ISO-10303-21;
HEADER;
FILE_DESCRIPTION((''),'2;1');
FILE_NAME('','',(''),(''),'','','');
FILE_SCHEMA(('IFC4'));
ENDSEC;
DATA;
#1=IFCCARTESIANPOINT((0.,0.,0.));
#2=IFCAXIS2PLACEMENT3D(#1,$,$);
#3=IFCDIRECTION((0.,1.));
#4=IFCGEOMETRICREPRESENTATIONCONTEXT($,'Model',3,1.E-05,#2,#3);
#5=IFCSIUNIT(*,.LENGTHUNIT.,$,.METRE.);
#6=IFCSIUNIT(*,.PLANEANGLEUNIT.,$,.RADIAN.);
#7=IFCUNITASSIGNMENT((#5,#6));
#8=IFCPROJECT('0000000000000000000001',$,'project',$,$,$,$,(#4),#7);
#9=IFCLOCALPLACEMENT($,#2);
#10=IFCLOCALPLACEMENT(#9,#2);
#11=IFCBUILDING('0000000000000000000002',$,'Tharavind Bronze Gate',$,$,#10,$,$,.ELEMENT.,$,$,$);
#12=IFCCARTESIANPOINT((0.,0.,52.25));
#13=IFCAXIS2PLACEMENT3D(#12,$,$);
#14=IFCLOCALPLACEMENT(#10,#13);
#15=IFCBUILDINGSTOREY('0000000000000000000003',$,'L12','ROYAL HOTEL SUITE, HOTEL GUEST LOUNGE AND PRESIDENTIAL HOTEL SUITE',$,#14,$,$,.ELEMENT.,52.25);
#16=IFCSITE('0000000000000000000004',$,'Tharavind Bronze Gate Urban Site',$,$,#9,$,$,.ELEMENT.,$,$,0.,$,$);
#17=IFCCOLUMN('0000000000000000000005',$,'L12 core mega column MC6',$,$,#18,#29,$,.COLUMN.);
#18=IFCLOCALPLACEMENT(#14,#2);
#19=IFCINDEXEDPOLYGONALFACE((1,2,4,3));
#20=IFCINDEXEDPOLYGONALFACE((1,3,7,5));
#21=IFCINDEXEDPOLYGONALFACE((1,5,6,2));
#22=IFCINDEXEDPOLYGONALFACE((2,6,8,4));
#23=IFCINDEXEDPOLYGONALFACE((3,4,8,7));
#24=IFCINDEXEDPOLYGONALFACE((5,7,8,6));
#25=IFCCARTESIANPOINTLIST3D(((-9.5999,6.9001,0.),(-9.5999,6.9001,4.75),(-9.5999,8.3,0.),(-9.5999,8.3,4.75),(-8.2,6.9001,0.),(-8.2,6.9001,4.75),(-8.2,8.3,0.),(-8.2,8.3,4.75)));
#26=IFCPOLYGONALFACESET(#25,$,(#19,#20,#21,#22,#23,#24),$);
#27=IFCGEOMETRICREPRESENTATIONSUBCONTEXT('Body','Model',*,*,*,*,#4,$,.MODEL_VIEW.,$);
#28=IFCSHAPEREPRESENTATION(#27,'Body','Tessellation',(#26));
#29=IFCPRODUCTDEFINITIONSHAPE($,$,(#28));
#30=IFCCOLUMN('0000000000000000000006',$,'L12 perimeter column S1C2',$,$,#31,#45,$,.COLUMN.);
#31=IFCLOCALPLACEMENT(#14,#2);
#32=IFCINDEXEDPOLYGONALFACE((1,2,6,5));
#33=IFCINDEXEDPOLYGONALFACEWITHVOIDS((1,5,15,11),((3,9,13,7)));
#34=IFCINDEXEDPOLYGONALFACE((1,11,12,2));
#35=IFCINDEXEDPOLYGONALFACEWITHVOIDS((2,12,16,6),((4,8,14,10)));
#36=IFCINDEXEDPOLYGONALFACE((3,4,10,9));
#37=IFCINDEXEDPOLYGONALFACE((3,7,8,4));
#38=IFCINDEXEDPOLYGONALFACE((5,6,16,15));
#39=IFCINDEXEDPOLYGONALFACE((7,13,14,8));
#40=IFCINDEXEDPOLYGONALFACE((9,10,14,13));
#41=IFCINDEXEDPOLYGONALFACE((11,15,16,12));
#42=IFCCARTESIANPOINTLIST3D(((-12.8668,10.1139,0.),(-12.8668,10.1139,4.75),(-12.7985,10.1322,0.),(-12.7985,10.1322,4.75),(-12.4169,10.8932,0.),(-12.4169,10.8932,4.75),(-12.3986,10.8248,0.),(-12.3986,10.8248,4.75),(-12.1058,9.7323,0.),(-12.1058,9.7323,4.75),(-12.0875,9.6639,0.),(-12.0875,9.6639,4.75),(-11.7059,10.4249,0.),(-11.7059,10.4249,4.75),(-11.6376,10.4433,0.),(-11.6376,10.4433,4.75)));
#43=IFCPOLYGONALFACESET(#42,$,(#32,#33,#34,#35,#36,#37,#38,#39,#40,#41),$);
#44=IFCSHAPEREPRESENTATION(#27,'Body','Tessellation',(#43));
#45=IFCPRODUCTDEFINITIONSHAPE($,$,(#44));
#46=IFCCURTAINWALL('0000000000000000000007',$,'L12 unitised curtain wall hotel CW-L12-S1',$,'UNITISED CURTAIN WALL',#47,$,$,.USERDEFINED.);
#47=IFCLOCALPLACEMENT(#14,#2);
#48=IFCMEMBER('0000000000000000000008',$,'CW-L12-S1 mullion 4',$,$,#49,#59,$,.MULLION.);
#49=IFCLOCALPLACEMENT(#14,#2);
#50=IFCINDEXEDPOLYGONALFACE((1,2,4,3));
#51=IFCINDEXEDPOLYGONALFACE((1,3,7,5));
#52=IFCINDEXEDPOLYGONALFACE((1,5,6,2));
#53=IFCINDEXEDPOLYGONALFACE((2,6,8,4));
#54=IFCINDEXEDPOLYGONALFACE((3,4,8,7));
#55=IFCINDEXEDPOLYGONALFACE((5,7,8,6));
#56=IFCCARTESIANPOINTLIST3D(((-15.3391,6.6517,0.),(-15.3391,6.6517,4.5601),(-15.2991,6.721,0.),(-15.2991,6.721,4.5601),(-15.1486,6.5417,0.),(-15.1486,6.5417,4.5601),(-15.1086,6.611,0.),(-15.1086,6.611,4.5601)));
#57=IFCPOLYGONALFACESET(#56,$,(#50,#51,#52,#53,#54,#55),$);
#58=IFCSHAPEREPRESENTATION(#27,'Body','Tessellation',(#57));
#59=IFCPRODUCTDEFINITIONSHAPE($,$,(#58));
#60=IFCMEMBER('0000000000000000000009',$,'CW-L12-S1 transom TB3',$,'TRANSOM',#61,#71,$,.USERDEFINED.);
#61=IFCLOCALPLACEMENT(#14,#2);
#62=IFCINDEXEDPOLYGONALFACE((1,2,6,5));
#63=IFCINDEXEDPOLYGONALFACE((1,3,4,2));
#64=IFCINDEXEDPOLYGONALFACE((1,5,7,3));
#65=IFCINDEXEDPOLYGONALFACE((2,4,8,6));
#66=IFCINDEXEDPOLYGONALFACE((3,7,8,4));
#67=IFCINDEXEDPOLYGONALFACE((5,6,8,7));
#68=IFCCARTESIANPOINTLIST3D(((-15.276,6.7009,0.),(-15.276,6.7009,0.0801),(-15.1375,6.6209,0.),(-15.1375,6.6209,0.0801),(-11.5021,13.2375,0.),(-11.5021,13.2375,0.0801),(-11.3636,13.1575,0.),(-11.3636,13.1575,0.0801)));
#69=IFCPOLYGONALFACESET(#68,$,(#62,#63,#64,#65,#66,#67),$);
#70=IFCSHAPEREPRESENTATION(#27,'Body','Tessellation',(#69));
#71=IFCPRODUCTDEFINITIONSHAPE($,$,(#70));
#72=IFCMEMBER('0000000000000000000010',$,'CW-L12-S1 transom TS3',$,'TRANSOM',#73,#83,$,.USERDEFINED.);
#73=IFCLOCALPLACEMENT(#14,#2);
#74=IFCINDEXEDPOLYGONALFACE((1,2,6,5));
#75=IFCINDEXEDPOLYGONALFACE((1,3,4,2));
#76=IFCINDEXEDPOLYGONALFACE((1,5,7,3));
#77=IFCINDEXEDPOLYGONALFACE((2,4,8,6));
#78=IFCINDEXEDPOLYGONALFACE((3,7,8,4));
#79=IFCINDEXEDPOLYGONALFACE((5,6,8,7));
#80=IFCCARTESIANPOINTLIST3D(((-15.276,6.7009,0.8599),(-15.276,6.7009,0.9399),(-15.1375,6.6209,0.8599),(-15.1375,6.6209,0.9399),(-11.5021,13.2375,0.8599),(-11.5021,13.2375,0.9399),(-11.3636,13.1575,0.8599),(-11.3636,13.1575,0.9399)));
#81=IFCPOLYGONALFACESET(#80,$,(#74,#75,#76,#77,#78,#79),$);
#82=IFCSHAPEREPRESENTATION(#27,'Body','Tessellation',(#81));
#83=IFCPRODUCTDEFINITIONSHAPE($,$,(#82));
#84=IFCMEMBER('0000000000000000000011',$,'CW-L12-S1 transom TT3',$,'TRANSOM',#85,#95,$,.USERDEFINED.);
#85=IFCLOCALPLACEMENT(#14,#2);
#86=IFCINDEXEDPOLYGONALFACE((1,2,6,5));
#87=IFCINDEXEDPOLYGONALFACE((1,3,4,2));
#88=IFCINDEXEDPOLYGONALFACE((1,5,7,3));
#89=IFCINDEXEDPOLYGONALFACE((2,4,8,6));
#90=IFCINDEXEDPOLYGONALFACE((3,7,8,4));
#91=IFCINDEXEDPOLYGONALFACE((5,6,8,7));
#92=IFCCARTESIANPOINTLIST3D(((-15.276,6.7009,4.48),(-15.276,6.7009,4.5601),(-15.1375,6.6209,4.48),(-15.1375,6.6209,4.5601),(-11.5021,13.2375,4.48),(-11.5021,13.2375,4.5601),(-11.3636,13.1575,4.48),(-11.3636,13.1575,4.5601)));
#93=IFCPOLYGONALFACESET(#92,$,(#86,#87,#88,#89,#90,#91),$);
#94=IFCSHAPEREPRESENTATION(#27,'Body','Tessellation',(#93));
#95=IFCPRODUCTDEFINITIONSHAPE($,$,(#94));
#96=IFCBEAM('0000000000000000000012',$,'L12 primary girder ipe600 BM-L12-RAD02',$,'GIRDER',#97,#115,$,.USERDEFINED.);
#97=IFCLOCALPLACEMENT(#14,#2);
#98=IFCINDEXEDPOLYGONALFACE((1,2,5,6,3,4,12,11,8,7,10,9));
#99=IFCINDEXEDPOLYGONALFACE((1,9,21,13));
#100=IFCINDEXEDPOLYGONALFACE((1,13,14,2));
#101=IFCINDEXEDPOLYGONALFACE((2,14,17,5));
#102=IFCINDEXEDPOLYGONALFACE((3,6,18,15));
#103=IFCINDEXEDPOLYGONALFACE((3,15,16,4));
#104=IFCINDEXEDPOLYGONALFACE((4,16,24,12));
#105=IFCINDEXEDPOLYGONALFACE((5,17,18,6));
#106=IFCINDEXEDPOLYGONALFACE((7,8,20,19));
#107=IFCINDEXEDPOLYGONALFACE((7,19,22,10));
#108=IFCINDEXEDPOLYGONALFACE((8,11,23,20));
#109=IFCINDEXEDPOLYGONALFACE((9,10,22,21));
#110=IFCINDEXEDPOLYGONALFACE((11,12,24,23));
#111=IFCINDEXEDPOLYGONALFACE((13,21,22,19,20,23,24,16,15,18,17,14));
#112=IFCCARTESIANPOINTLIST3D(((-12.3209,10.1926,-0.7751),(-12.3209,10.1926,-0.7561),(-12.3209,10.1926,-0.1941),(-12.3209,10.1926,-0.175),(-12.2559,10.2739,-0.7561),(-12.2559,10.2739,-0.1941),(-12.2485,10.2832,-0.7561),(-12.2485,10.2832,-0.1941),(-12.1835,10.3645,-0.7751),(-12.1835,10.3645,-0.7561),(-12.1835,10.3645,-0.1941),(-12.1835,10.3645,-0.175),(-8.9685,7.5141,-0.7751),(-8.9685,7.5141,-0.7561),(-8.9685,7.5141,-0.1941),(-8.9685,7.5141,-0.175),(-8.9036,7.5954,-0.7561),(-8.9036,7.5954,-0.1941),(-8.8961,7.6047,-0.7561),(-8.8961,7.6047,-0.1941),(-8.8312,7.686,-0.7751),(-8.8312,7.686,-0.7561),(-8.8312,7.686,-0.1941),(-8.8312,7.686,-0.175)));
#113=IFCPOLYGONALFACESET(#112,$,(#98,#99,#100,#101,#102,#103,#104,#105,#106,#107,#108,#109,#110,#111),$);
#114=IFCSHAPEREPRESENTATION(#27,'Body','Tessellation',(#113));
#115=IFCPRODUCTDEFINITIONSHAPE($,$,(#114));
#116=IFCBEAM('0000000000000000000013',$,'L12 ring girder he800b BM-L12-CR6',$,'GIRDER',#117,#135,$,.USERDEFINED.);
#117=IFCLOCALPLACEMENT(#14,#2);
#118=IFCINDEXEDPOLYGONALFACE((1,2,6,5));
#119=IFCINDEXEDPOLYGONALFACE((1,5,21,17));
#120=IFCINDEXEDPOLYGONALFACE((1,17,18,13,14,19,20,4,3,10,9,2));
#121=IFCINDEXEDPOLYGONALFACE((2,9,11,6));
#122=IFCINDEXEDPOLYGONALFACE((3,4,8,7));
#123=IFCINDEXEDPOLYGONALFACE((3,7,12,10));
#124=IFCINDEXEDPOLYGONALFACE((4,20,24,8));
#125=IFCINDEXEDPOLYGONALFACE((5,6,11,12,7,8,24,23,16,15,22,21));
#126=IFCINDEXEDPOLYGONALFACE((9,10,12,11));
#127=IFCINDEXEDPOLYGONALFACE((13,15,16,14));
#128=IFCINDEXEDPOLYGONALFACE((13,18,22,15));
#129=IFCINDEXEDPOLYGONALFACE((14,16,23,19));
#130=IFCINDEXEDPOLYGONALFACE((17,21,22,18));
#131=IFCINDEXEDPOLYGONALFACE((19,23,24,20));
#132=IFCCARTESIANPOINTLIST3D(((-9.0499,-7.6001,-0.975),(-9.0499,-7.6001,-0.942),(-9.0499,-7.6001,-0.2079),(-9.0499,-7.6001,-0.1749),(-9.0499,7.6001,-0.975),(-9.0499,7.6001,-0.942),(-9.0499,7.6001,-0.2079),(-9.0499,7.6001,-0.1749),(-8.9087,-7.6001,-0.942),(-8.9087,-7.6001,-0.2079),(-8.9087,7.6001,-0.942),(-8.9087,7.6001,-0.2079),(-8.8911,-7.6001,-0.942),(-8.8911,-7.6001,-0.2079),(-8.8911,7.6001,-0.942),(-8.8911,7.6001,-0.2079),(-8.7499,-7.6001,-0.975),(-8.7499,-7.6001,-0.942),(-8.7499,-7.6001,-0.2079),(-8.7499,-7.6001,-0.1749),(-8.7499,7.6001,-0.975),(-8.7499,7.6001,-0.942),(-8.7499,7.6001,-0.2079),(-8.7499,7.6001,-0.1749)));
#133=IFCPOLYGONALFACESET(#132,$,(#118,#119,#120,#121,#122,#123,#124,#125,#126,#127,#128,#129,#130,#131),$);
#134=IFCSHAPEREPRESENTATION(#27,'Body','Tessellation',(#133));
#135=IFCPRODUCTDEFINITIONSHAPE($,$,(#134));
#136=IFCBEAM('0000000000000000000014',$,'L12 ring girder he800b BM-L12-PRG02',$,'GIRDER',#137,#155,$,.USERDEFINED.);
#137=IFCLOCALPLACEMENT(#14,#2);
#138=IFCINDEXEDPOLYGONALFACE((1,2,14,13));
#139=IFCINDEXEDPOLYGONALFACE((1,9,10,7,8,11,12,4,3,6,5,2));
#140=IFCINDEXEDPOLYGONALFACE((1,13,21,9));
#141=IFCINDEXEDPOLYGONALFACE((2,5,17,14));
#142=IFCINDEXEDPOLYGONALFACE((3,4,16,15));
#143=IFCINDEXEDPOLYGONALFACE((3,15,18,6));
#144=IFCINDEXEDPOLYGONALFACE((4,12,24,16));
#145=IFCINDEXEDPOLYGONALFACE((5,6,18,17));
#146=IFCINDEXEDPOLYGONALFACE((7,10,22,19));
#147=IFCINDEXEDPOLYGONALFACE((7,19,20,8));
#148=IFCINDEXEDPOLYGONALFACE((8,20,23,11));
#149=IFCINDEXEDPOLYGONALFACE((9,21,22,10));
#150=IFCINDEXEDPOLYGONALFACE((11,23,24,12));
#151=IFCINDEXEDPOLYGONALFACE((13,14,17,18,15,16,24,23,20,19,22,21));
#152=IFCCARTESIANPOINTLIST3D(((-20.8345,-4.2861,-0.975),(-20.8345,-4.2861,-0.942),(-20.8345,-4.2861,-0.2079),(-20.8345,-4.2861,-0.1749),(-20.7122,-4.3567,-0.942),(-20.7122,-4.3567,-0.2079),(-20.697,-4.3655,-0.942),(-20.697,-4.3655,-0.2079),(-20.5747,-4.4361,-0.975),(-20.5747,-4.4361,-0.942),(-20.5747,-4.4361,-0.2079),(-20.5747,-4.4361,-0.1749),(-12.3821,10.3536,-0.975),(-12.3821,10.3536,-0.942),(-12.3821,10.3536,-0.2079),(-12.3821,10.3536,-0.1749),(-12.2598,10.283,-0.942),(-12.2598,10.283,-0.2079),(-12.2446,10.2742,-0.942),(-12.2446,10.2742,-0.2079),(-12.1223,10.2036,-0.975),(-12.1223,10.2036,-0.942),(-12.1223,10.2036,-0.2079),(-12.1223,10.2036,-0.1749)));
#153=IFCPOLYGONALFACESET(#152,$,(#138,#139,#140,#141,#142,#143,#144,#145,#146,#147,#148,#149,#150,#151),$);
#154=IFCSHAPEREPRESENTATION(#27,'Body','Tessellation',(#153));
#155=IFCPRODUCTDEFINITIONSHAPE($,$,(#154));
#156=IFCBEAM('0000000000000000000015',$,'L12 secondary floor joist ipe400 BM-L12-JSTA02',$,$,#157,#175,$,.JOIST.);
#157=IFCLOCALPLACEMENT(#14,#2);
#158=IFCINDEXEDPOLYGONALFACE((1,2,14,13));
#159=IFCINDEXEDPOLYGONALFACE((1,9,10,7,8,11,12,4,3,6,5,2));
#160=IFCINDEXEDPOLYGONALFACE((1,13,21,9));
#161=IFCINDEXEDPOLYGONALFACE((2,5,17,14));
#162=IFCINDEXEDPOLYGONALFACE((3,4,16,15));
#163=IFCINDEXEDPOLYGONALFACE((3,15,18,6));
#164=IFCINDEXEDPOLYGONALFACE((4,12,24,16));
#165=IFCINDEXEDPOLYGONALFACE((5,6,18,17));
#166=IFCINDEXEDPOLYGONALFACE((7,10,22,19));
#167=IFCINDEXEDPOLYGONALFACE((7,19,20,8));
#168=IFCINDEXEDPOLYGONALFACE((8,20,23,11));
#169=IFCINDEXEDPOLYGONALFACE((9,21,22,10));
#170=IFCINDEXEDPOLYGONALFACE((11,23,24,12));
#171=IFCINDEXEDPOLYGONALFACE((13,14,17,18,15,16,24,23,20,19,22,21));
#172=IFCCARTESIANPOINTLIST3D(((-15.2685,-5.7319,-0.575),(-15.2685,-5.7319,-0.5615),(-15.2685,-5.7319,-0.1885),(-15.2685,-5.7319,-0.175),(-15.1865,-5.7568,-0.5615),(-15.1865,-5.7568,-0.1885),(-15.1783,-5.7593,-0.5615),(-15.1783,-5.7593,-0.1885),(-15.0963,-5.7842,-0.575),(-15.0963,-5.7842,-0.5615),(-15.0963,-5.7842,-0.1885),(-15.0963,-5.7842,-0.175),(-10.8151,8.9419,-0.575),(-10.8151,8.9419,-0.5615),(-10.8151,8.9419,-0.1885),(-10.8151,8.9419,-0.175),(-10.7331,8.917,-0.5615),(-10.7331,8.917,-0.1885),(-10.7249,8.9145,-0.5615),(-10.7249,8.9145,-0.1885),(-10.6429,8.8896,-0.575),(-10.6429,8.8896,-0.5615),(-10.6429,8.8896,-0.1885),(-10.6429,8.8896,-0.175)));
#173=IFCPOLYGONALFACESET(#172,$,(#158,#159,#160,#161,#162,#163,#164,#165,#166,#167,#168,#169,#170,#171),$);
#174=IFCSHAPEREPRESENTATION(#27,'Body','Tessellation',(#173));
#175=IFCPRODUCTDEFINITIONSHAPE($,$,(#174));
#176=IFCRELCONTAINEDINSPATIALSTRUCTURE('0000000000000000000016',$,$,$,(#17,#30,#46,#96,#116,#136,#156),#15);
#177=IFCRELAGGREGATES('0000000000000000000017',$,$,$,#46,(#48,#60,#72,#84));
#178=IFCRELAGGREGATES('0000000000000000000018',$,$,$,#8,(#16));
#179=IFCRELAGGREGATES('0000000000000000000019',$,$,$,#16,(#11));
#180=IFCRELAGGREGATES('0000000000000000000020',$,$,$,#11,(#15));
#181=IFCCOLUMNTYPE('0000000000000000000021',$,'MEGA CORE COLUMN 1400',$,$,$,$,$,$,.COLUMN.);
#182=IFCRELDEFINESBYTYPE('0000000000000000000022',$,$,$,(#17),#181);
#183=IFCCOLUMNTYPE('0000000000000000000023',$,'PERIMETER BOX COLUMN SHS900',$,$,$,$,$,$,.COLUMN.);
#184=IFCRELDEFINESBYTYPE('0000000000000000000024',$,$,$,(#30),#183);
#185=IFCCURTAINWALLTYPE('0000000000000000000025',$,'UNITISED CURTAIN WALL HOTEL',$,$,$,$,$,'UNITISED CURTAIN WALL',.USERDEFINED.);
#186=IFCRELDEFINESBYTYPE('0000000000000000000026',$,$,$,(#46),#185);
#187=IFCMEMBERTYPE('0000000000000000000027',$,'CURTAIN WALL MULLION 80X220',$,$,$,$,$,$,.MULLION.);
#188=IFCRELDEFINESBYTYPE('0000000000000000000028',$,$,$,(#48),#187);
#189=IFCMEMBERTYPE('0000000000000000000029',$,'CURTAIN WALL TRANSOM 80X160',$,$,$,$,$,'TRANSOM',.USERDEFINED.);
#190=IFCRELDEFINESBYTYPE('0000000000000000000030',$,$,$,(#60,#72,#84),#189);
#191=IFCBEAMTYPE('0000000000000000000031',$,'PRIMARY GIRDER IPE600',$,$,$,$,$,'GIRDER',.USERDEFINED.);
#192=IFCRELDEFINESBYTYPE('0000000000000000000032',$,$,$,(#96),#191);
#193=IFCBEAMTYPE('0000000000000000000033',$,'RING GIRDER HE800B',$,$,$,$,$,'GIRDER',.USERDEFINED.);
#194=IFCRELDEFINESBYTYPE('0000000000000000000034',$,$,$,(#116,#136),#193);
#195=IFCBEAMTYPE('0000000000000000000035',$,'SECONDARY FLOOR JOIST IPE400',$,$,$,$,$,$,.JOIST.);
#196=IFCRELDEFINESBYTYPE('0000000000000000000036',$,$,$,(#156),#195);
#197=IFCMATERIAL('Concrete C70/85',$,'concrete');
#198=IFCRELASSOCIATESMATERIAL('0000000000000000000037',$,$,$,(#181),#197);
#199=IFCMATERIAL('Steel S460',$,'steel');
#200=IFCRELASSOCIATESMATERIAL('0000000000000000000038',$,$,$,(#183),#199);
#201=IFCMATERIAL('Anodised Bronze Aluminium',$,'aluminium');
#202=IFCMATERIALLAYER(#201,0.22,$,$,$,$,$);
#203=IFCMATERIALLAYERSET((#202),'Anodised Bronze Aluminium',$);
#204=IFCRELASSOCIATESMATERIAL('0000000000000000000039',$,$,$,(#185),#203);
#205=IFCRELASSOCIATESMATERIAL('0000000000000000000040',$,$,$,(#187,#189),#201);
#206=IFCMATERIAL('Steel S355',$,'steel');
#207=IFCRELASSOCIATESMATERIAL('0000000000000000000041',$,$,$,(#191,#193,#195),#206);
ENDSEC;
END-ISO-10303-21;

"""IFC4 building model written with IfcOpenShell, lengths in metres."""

from ifc_helpers import new_model, si_unit, direction, frame, origin, origin_2d, place, context, subcontext, project, spatial, rectangle, hollow_rectangle, i_section, extrude, material, layer, layer_set, material_profile, profile_set, type_object, element, aggregate, save


model = new_model("IFC4")

# Units and contexts
model_context = context("Model", 3, precision=1e-05, world=origin(), true_north=direction((0.0, 1.0)))
body_context = subcontext(model_context, "Body", "Model", "MODEL_VIEW")
ifc_project = project(units=[si_unit("LENGTHUNIT", "METRE"), si_unit("PLANEANGLEUNIT", "RADIAN")], contexts=[model_context])

# Site, building, storey
site_placement = place(None, origin())
site = spatial("IfcSite", under=ifc_project, at=site_placement, Name="Tharavind Bronze Gate Urban Site", CompositionType="ELEMENT", RefElevation=0.0)
building_placement = place(site_placement, origin())
building = spatial("IfcBuilding", under=site, at=building_placement, Name="Tharavind Bronze Gate", CompositionType="ELEMENT")
storey_placement = place(building_placement, frame((0.0, 0.0, 52.25)))
storey = spatial("IfcBuildingStorey", under=building, at=storey_placement, Name="L12", Description="ROYAL HOTEL SUITE, HOTEL GUEST LOUNGE AND PRESIDENTIAL HOTEL SUITE", CompositionType="ELEMENT", Elevation=52.25)

# Columns
ifc_material_1 = material(Name="Concrete C70/85", Category="concrete")
ifc_material_profile_1 = material_profile(ifc_material_1, rectangle(XDim=1.3999, YDim=1.3999, at=origin_2d()), Name="RCCOL1400")
ifc_profile_set_1 = profile_set([ifc_material_profile_1], Name="Concrete C70/85")
column_type_1 = type_object("IfcColumnType", Name="MEGA CORE COLUMN 1400", PredefinedType="COLUMN", material=ifc_profile_set_1)
column_1_placement = place(storey_placement, frame((-8.8999, 7.6001, 0.0), z_axis=(0.0, 0.0, 1.0), x_axis=(1.0, 0.0, 0.0)))
element("IfcColumn", 1, at=column_1_placement, inside=storey, type_object=column_type_1, Name="L12 core mega column MC6", PredefinedType="COLUMN", context=body_context, shape_type="SweptSolid", body=[
    extrude(rectangle(XDim=1.3999, YDim=1.3999, at=origin_2d()), origin(), (0.0, 0.0, 1.0), 4.75),
])
ifc_material_2 = material(Name="Steel S460", Category="steel")
ifc_material_profile_2 = material_profile(ifc_material_2, hollow_rectangle(XDim=0.8999, YDim=0.8999, WallThickness=0.05, at=origin_2d()), Name="SHS900X50")
ifc_profile_set_2 = profile_set([ifc_material_profile_2], Name="Steel S460")
column_type_2 = type_object("IfcColumnType", Name="PERIMETER BOX COLUMN SHS900", PredefinedType="COLUMN", material=ifc_profile_set_2)
column_2_placement = place(storey_placement, frame((-12.2522, 10.2786, 0.0), z_axis=(0.0, 0.0, 1.0), x_axis=(0.500002, 0.866025, 0.0)))
element("IfcColumn", 2, at=column_2_placement, inside=storey, type_object=column_type_2, Name="L12 perimeter column S1C2", PredefinedType="COLUMN", context=body_context, shape_type="SweptSolid", body=[
    extrude(hollow_rectangle(XDim=0.8999, YDim=0.8999, WallThickness=0.05, at=origin_2d()), origin(), (0.0, 0.0, 1.0), 4.75),
])

# Curtain wall, members
ifc_material_3 = material(Name="Anodised Bronze Aluminium", Category="aluminium")
ifc_layer_1 = layer(ifc_material_3, 0.22)
ifc_layer_set_1 = layer_set([ifc_layer_1], Name="Anodised Bronze Aluminium")
curtain_wall_type = type_object("IfcCurtainWallType", Name="UNITISED CURTAIN WALL HOTEL", ElementType="UNITISED CURTAIN WALL", PredefinedType="USERDEFINED", material=ifc_layer_set_1)
curtain_wall_placement = place(storey_placement, origin())
curtain_wall = element("IfcCurtainWall", 3, at=curtain_wall_placement, inside=storey, type_object=curtain_wall_type, Name="L12 unitised curtain wall hotel CW-L12-S1", ObjectType="UNITISED CURTAIN WALL", PredefinedType="USERDEFINED")
member_type_1 = type_object("IfcMemberType", Name="CURTAIN WALL MULLION 80X220", PredefinedType="MULLION", material=ifc_material_3)
member_1_placement = place(storey_placement, frame((-15.2239, 6.6313, 0.0), z_axis=(0.0, 0.0, 1.0), x_axis=(-0.500002, -0.866025, 0.0)))
member_1 = element("IfcMember", 4, at=member_1_placement, type_object=member_type_1, Name="CW-L12-S1 mullion 4", PredefinedType="MULLION", context=body_context, shape_type="SweptSolid", body=[
    extrude(rectangle(XDim=0.0801, YDim=0.22, at=origin_2d()), origin(), (0.0, 0.0, 1.0), 4.5601),
])
member_type_2 = type_object("IfcMemberType", Name="CURTAIN WALL TRANSOM 80X160", ElementType="TRANSOM", PredefinedType="USERDEFINED", material=ifc_material_3)
member_2_placement = place(storey_placement, frame((-13.3198, 9.9292, 0.0), z_axis=(0.0, 0.0, 1.0), x_axis=(-0.500002, -0.866025, 0.0)))
member_2 = element("IfcMember", 5, at=member_2_placement, type_object=member_type_2, Name="CW-L12-S1 transom TB3", ObjectType="TRANSOM", PredefinedType="USERDEFINED", context=body_context, shape_type="SweptSolid", body=[
    extrude(rectangle(XDim=7.5479, YDim=0.1599, at=origin_2d()), origin(), (0.0, 0.0, 1.0), 0.0801),
])
member_3_placement = place(storey_placement, frame((-13.3198, 9.9292, 0.8599), z_axis=(0.0, 0.0, 1.0), x_axis=(-0.500002, -0.866025, 0.0)))
member_3 = element("IfcMember", 6, at=member_3_placement, type_object=member_type_2, Name="CW-L12-S1 transom TS3", ObjectType="TRANSOM", PredefinedType="USERDEFINED", context=body_context, shape_type="SweptSolid", body=[
    extrude(rectangle(XDim=7.5479, YDim=0.1599, at=origin_2d()), origin(), (0.0, 0.0, 1.0), 0.0801),
])
member_4_placement = place(storey_placement, frame((-13.3198, 9.9292, 4.48), z_axis=(0.0, 0.0, 1.0), x_axis=(-0.500002, -0.866025, 0.0)))
member_4 = element("IfcMember", 7, at=member_4_placement, type_object=member_type_2, Name="CW-L12-S1 transom TT3", ObjectType="TRANSOM", PredefinedType="USERDEFINED", context=body_context, shape_type="SweptSolid", body=[
    extrude(rectangle(XDim=7.5479, YDim=0.1599, at=origin_2d()), origin(), (0.0, 0.0, 1.0), 0.0801),
])

# Beams
ifc_material_4 = material(Name="Steel S355", Category="steel")
ifc_material_profile_3 = material_profile(ifc_material_4, i_section(OverallWidth=0.22, OverallDepth=0.6001, WebThickness=0.012, FlangeThickness=0.019, at=origin_2d()), Name="IPE600")
ifc_profile_set_3 = profile_set([ifc_material_profile_3], Name="Steel S355")
beam_type_1 = type_object("IfcBeamType", Name="PRIMARY GIRDER IPE600", ElementType="GIRDER", PredefinedType="USERDEFINED", material=ifc_profile_set_3)
beam_1_placement = place(storey_placement, frame((-12.2522, 10.2786, -0.4751), z_axis=(0.781252, -0.624216, 0.0), x_axis=(0.624216, 0.781252, 0.0)))
element("IfcBeam", 8, at=beam_1_placement, inside=storey, type_object=beam_type_1, Name="L12 primary girder ipe600 BM-L12-RAD02", ObjectType="GIRDER", PredefinedType="USERDEFINED", context=body_context, shape_type="SweptSolid", body=[
    extrude(i_section(OverallWidth=0.22, OverallDepth=0.6001, WebThickness=0.012, FlangeThickness=0.019, at=origin_2d()), origin(), (0.0, 0.0, 1.0), 4.291),
])
ifc_material_profile_4 = material_profile(ifc_material_4, i_section(OverallWidth=0.3, OverallDepth=0.8, WebThickness=0.0176, FlangeThickness=0.033, at=origin_2d()), Name="HE800B")
ifc_profile_set_4 = profile_set([ifc_material_profile_4], Name="Steel S355")
beam_type_2 = type_object("IfcBeamType", Name="RING GIRDER HE800B", ElementType="GIRDER", PredefinedType="USERDEFINED", material=ifc_profile_set_4)
beam_2_placement = place(storey_placement, frame((-8.8999, 7.6001, -0.575), z_axis=(0.0, -1.0, 0.0), x_axis=(1.0, 0.0, 0.0)))
element("IfcBeam", 9, at=beam_2_placement, inside=storey, type_object=beam_type_2, Name="L12 ring girder he800b BM-L12-CR6", ObjectType="GIRDER", PredefinedType="USERDEFINED", context=body_context, shape_type="SweptSolid", body=[
    extrude(i_section(OverallWidth=0.3, OverallDepth=0.8, WebThickness=0.0176, FlangeThickness=0.033, at=origin_2d()), origin(), (0.0, 0.0, 1.0), 15.2002),
])
beam_3_placement = place(storey_placement, frame((-12.2522, 10.2786, -0.575), z_axis=(-0.500008, -0.866021, 0.0), x_axis=(0.866021, -0.500008, 0.0)))
element("IfcBeam", 10, at=beam_3_placement, inside=storey, type_object=beam_type_2, Name="L12 ring girder he800b BM-L12-PRG02", ObjectType="GIRDER", PredefinedType="USERDEFINED", context=body_context, shape_type="SweptSolid", body=[
    extrude(i_section(OverallWidth=0.3, OverallDepth=0.8, WebThickness=0.0176, FlangeThickness=0.033, at=origin_2d()), origin(), (0.0, 0.0, 1.0), 16.9045),
])
ifc_material_profile_5 = material_profile(ifc_material_4, i_section(OverallWidth=0.1799, OverallDepth=0.3999, WebThickness=0.0085, FlangeThickness=0.0134, at=origin_2d()), Name="IPE400")
ifc_profile_set_5 = profile_set([ifc_material_profile_5], Name="Steel S355")
beam_type_3 = type_object("IfcBeamType", Name="SECONDARY FLOOR JOIST IPE400", PredefinedType="JOIST", material=ifc_profile_set_5)
beam_4_placement = place(storey_placement, frame((-10.729, 8.9158, -0.375), z_axis=(-0.290411, -0.956902, 0.0), x_axis=(0.956902, -0.290411, 0.0)))
element("IfcBeam", 11, at=beam_4_placement, inside=storey, type_object=beam_type_3, Name="L12 secondary floor joist ipe400 BM-L12-JSTA02", PredefinedType="JOIST", context=body_context, shape_type="SweptSolid", body=[
    extrude(i_section(OverallWidth=0.1799, OverallDepth=0.3999, WebThickness=0.0085, FlangeThickness=0.0134, at=origin_2d()), origin(), (0.0, 0.0, 1.0), 15.3347),
])

aggregate(curtain_wall, [member_1, member_2, member_3, member_4])

save(model, "model.ifc")
